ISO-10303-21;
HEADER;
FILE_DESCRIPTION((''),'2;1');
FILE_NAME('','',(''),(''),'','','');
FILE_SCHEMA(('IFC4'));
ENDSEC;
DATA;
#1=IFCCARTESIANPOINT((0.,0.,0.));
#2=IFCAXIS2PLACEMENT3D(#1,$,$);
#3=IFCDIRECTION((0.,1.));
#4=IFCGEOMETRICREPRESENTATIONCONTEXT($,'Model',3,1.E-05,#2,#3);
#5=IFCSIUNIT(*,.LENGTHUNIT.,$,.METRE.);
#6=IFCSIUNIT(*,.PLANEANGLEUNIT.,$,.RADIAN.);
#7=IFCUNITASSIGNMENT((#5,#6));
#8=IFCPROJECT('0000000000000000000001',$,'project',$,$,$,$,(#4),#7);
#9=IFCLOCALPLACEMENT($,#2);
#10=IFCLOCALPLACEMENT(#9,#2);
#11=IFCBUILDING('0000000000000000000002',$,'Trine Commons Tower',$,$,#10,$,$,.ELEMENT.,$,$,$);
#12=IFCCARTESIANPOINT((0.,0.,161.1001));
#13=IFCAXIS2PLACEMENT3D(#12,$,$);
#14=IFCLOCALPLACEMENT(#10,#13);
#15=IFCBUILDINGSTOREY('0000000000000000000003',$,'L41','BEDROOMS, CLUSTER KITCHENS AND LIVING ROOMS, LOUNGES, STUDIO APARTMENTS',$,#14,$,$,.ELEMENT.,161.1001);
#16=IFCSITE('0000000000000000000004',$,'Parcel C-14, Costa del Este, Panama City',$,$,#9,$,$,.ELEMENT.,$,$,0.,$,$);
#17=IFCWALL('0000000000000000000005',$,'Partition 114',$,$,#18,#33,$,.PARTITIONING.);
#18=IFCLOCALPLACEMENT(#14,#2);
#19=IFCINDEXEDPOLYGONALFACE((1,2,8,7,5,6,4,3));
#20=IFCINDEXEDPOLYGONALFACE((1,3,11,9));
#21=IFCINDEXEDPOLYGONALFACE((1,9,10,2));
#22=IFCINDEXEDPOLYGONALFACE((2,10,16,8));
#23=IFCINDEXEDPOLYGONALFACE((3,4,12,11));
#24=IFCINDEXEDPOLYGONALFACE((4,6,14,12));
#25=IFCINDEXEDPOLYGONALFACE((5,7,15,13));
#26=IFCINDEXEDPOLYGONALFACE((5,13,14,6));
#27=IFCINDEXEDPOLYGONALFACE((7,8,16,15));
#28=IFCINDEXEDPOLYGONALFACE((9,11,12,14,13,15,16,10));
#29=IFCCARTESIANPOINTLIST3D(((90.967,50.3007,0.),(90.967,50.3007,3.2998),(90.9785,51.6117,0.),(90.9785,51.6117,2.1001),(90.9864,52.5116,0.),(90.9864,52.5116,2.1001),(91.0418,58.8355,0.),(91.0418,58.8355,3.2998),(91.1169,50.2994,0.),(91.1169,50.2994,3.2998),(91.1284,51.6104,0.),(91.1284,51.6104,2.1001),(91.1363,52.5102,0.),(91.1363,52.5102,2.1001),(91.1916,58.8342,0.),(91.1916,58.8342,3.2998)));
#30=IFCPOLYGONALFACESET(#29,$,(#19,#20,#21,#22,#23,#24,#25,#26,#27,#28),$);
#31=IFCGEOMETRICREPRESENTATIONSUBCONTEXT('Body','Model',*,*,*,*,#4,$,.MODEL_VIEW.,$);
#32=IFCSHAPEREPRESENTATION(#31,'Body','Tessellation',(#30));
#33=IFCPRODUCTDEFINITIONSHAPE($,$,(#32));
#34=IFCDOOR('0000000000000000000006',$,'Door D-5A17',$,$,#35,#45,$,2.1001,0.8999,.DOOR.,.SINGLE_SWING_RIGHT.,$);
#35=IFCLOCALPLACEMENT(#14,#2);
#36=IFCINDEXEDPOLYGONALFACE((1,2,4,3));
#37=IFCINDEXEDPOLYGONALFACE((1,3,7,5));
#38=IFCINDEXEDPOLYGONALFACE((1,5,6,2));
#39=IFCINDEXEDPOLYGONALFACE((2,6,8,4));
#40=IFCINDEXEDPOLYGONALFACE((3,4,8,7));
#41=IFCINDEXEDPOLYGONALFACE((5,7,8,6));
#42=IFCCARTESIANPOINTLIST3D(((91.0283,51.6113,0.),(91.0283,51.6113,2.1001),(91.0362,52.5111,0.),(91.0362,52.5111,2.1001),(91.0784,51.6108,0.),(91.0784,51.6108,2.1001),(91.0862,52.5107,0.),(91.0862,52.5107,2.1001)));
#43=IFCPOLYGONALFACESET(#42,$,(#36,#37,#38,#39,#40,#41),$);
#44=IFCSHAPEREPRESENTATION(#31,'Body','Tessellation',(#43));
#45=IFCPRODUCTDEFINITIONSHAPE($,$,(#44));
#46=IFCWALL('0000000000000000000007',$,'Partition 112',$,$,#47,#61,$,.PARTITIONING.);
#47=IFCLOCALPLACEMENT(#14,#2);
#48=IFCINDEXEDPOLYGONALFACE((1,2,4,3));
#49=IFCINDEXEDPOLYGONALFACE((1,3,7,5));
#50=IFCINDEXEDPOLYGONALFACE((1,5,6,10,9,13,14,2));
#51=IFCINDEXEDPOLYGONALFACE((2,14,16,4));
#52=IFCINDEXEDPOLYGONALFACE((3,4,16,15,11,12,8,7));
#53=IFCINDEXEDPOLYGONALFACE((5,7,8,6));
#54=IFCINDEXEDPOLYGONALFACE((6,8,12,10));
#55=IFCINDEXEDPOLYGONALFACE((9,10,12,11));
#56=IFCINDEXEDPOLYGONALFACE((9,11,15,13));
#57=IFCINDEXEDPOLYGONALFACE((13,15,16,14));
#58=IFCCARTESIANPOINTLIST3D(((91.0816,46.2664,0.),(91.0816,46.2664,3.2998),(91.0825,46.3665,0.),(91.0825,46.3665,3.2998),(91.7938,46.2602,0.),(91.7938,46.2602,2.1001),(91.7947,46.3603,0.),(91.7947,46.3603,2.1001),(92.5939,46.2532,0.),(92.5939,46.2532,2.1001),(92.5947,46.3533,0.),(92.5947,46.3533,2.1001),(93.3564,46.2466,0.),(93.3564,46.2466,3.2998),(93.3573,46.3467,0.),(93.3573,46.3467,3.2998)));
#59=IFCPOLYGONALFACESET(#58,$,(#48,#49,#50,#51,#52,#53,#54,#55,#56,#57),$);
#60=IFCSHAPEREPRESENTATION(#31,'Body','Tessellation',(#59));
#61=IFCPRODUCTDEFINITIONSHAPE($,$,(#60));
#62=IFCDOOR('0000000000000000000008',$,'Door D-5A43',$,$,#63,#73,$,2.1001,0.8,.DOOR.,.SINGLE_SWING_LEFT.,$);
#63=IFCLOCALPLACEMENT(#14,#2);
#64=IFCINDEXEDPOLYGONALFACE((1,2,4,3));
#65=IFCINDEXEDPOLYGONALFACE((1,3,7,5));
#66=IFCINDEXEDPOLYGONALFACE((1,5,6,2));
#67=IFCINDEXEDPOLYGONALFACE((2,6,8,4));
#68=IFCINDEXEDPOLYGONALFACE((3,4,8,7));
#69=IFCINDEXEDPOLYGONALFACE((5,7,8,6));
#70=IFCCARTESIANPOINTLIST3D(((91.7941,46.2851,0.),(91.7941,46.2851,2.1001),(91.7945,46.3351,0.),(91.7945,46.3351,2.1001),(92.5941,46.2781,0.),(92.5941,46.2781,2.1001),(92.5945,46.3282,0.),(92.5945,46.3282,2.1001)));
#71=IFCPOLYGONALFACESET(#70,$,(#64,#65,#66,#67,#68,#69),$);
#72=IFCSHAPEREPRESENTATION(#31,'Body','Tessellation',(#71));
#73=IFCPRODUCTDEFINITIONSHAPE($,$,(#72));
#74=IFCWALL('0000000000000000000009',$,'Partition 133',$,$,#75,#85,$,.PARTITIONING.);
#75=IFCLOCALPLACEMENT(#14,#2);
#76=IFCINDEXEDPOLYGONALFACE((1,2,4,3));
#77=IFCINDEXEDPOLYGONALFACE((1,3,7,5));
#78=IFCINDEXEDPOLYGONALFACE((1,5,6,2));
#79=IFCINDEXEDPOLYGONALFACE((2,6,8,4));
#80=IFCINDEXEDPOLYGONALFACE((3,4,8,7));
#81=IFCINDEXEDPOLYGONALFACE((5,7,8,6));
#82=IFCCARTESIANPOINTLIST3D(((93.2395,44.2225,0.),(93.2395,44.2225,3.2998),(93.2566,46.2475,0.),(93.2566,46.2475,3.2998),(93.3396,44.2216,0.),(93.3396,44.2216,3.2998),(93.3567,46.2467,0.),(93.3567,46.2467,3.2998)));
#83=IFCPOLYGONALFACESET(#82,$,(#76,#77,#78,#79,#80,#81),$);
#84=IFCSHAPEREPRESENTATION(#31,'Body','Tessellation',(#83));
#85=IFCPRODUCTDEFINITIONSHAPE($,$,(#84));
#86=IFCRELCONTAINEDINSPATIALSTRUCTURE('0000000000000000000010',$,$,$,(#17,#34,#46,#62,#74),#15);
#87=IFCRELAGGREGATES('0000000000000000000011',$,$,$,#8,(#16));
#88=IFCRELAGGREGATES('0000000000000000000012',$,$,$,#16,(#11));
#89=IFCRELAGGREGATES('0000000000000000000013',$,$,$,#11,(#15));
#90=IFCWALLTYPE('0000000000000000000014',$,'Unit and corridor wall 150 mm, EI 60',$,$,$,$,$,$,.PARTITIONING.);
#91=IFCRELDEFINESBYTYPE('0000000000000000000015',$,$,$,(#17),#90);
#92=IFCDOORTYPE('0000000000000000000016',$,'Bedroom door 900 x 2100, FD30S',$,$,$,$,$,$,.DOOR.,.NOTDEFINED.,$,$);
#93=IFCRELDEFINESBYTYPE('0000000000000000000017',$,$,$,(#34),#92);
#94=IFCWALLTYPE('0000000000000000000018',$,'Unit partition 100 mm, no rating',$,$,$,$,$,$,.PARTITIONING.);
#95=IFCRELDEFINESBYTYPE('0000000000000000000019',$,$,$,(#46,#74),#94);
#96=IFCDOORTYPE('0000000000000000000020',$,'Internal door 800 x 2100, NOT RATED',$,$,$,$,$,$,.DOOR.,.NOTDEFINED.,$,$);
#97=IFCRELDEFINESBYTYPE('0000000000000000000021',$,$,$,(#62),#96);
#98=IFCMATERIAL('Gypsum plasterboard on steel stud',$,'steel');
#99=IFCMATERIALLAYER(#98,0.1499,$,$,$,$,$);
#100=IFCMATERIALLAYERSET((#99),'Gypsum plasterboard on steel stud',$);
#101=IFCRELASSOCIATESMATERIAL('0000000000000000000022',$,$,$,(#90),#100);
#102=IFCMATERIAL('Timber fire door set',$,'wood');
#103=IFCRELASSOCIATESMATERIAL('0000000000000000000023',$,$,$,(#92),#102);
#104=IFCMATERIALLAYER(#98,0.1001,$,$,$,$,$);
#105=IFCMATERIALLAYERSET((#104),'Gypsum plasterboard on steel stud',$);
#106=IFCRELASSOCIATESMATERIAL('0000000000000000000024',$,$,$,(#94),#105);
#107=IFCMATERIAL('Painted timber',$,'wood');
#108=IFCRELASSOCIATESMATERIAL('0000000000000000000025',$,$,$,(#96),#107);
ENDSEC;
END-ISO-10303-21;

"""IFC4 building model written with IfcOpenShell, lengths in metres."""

from ifc_helpers import new_model, si_unit, direction, frame, frame_2d, origin, place, context, subcontext, project, spatial, rectangle, extrude, material, layer, layer_set, type_object, element, fill, save


model = new_model("IFC4")

# Units and contexts
model_context = context("Model", 3, precision=1e-05, world=origin(), true_north=direction((0.0, 1.0)))
body_context = subcontext(model_context, "Body", "Model", "MODEL_VIEW")
ifc_project = project(units=[si_unit("LENGTHUNIT", "METRE"), si_unit("PLANEANGLEUNIT", "RADIAN")], contexts=[model_context])

# Site, building, storey
site_placement = place(None, origin())
site = spatial("IfcSite", under=ifc_project, at=site_placement, Name="Parcel C-14, Costa del Este, Panama City", CompositionType="ELEMENT", RefElevation=0.0)
building_placement = place(site_placement, origin())
building = spatial("IfcBuilding", under=site, at=building_placement, Name="Trine Commons Tower", CompositionType="ELEMENT")
storey_placement = place(building_placement, frame((0.0, 0.0, 161.1001)))
storey = spatial("IfcBuildingStorey", under=building, at=storey_placement, Name="L41", Description="BEDROOMS, CLUSTER KITCHENS AND LIVING ROOMS, LOUNGES, STUDIO APARTMENTS", CompositionType="ELEMENT", Elevation=161.1001)

# Shared definitions
ifc_material_1 = material(Name="Gypsum plasterboard on steel stud", Category="steel")
ifc_layer_1 = layer(ifc_material_1, 0.1499)
ifc_layer_set_1 = layer_set([ifc_layer_1], Name="Gypsum plasterboard on steel stud")
wall_type_1 = type_object("IfcWallType", Name="Unit and corridor wall 150 mm, EI 60", PredefinedType="PARTITIONING", material=ifc_layer_set_1)

# Shared definitions
ifc_material_2 = material(Name="Timber fire door set", Category="wood")
door_type_1 = type_object("IfcDoorType", Name="Bedroom door 900 x 2100, FD30S", OperationType="NOTDEFINED", PredefinedType="DOOR", material=ifc_material_2)

# Walls, openings, doors
wall_1_placement = place(storey_placement, frame((91.042, 50.3, 0.0), z_axis=(0.0, 0.0, 1.0), x_axis=(0.008753, 0.999962, 0.0)))
wall_1 = element("IfcWall", 1, at=wall_1_placement, inside=storey, type_object=wall_type_1, Name="Partition 114", PredefinedType="PARTITIONING", context=body_context, shape_type="SweptSolid", body=[
    extrude(rectangle(XDim=8.5352, YDim=0.1499, at=frame_2d((4.2676, 0.0))), origin(), (0.0, 0.0, 1.0), 3.2998),
])
opening_1_placement = place(wall_1_placement, frame((1.311, 0.0, 0.0)))
opening_1 = element("IfcOpeningElement", 2, at=opening_1_placement, cuts=wall_1, PredefinedType="OPENING", context=body_context, shape_type="SweptSolid", body=[
    extrude(rectangle(XDim=0.8999, YDim=2.1001, at=frame_2d((0.45, 1.05))), frame((0.0, 0.085, 0.0), z_axis=(0.0, -1.0, 0.0), x_axis=(1.0, 0.0, 0.0)), (0.0, 0.0, 1.0), 0.1699),
])
door_1_placement = place(opening_1_placement, frame((0.8999, 0.0, 0.0), z_axis=(0.0, 0.0, 1.0), x_axis=(-1.0, 0.0, 0.0)))
door_1 = element("IfcDoor", 3, at=door_1_placement, inside=storey, type_object=door_type_1, Name="Door D-5A17", OperationType="SINGLE_SWING_RIGHT", OverallHeight=2.1001, OverallWidth=0.8999, PredefinedType="DOOR", context=body_context, shape_type="SweptSolid", body=[
    extrude(rectangle(XDim=0.8999, YDim=2.1001, at=frame_2d((0.45, 1.05))), frame((0.0, 0.0249, 0.0), z_axis=(0.0, -1.0, 0.0), x_axis=(1.0, 0.0, 0.0)), (0.0, 0.0, 1.0), 0.05),
])
fill(opening_1, door_1)
ifc_layer_2 = layer(ifc_material_1, 0.1001)
ifc_layer_set_2 = layer_set([ifc_layer_2], Name="Gypsum plasterboard on steel stud")
wall_type_2 = type_object("IfcWallType", Name="Unit partition 100 mm, no rating", PredefinedType="PARTITIONING", material=ifc_layer_set_2)
wall_2_placement = place(storey_placement, frame((91.082, 46.3164, 0.0), z_axis=(0.0, 0.0, 1.0), x_axis=(0.999962, -0.008693, 0.0)))
wall_2 = element("IfcWall", 4, at=wall_2_placement, inside=storey, type_object=wall_type_2, Name="Partition 112", PredefinedType="PARTITIONING", context=body_context, shape_type="SweptSolid", body=[
    extrude(rectangle(XDim=2.2749, YDim=0.1001, at=frame_2d((1.1375, 0.0))), origin(), (0.0, 0.0, 1.0), 3.2998),
])
opening_2_placement = place(wall_2_placement, frame((0.7124, 0.0, 0.0)))
opening_2 = element("IfcOpeningElement", 5, at=opening_2_placement, cuts=wall_2, PredefinedType="OPENING", context=body_context, shape_type="SweptSolid", body=[
    extrude(rectangle(XDim=0.8, YDim=2.1001, at=frame_2d((0.3999, 1.05))), frame((0.0, 0.0601, 0.0), z_axis=(0.0, -1.0, 0.0), x_axis=(1.0, 0.0, 0.0)), (0.0, 0.0, 1.0), 0.1201),
])
ifc_material_3 = material(Name="Painted timber", Category="wood")
door_type_2 = type_object("IfcDoorType", Name="Internal door 800 x 2100, NOT RATED", OperationType="NOTDEFINED", PredefinedType="DOOR", material=ifc_material_3)
door_2_placement = place(opening_2_placement, origin())
door_2 = element("IfcDoor", 6, at=door_2_placement, inside=storey, type_object=door_type_2, Name="Door D-5A43", OperationType="SINGLE_SWING_LEFT", OverallHeight=2.1001, OverallWidth=0.8, PredefinedType="DOOR", context=body_context, shape_type="SweptSolid", body=[
    extrude(rectangle(XDim=0.8, YDim=2.1001, at=frame_2d((0.3999, 1.05))), frame((0.0, 0.0249, 0.0), z_axis=(0.0, -1.0, 0.0), x_axis=(1.0, 0.0, 0.0)), (0.0, 0.0, 1.0), 0.05),
])
fill(opening_2, door_2)

# Wall
wall_3_placement = place(storey_placement, frame((93.2896, 44.2219, 0.0), z_axis=(0.0, 0.0, 1.0), x_axis=(0.008439, 0.999964, 0.0)))
element("IfcWall", 7, at=wall_3_placement, inside=storey, type_object=wall_type_2, Name="Partition 133", PredefinedType="PARTITIONING", context=body_context, shape_type="SweptSolid", body=[
    extrude(rectangle(XDim=2.0251, YDim=0.1001, at=frame_2d((1.0127, 0.0))), origin(), (0.0, 0.0, 1.0), 3.2998),
])

save(model, "model.ifc")
